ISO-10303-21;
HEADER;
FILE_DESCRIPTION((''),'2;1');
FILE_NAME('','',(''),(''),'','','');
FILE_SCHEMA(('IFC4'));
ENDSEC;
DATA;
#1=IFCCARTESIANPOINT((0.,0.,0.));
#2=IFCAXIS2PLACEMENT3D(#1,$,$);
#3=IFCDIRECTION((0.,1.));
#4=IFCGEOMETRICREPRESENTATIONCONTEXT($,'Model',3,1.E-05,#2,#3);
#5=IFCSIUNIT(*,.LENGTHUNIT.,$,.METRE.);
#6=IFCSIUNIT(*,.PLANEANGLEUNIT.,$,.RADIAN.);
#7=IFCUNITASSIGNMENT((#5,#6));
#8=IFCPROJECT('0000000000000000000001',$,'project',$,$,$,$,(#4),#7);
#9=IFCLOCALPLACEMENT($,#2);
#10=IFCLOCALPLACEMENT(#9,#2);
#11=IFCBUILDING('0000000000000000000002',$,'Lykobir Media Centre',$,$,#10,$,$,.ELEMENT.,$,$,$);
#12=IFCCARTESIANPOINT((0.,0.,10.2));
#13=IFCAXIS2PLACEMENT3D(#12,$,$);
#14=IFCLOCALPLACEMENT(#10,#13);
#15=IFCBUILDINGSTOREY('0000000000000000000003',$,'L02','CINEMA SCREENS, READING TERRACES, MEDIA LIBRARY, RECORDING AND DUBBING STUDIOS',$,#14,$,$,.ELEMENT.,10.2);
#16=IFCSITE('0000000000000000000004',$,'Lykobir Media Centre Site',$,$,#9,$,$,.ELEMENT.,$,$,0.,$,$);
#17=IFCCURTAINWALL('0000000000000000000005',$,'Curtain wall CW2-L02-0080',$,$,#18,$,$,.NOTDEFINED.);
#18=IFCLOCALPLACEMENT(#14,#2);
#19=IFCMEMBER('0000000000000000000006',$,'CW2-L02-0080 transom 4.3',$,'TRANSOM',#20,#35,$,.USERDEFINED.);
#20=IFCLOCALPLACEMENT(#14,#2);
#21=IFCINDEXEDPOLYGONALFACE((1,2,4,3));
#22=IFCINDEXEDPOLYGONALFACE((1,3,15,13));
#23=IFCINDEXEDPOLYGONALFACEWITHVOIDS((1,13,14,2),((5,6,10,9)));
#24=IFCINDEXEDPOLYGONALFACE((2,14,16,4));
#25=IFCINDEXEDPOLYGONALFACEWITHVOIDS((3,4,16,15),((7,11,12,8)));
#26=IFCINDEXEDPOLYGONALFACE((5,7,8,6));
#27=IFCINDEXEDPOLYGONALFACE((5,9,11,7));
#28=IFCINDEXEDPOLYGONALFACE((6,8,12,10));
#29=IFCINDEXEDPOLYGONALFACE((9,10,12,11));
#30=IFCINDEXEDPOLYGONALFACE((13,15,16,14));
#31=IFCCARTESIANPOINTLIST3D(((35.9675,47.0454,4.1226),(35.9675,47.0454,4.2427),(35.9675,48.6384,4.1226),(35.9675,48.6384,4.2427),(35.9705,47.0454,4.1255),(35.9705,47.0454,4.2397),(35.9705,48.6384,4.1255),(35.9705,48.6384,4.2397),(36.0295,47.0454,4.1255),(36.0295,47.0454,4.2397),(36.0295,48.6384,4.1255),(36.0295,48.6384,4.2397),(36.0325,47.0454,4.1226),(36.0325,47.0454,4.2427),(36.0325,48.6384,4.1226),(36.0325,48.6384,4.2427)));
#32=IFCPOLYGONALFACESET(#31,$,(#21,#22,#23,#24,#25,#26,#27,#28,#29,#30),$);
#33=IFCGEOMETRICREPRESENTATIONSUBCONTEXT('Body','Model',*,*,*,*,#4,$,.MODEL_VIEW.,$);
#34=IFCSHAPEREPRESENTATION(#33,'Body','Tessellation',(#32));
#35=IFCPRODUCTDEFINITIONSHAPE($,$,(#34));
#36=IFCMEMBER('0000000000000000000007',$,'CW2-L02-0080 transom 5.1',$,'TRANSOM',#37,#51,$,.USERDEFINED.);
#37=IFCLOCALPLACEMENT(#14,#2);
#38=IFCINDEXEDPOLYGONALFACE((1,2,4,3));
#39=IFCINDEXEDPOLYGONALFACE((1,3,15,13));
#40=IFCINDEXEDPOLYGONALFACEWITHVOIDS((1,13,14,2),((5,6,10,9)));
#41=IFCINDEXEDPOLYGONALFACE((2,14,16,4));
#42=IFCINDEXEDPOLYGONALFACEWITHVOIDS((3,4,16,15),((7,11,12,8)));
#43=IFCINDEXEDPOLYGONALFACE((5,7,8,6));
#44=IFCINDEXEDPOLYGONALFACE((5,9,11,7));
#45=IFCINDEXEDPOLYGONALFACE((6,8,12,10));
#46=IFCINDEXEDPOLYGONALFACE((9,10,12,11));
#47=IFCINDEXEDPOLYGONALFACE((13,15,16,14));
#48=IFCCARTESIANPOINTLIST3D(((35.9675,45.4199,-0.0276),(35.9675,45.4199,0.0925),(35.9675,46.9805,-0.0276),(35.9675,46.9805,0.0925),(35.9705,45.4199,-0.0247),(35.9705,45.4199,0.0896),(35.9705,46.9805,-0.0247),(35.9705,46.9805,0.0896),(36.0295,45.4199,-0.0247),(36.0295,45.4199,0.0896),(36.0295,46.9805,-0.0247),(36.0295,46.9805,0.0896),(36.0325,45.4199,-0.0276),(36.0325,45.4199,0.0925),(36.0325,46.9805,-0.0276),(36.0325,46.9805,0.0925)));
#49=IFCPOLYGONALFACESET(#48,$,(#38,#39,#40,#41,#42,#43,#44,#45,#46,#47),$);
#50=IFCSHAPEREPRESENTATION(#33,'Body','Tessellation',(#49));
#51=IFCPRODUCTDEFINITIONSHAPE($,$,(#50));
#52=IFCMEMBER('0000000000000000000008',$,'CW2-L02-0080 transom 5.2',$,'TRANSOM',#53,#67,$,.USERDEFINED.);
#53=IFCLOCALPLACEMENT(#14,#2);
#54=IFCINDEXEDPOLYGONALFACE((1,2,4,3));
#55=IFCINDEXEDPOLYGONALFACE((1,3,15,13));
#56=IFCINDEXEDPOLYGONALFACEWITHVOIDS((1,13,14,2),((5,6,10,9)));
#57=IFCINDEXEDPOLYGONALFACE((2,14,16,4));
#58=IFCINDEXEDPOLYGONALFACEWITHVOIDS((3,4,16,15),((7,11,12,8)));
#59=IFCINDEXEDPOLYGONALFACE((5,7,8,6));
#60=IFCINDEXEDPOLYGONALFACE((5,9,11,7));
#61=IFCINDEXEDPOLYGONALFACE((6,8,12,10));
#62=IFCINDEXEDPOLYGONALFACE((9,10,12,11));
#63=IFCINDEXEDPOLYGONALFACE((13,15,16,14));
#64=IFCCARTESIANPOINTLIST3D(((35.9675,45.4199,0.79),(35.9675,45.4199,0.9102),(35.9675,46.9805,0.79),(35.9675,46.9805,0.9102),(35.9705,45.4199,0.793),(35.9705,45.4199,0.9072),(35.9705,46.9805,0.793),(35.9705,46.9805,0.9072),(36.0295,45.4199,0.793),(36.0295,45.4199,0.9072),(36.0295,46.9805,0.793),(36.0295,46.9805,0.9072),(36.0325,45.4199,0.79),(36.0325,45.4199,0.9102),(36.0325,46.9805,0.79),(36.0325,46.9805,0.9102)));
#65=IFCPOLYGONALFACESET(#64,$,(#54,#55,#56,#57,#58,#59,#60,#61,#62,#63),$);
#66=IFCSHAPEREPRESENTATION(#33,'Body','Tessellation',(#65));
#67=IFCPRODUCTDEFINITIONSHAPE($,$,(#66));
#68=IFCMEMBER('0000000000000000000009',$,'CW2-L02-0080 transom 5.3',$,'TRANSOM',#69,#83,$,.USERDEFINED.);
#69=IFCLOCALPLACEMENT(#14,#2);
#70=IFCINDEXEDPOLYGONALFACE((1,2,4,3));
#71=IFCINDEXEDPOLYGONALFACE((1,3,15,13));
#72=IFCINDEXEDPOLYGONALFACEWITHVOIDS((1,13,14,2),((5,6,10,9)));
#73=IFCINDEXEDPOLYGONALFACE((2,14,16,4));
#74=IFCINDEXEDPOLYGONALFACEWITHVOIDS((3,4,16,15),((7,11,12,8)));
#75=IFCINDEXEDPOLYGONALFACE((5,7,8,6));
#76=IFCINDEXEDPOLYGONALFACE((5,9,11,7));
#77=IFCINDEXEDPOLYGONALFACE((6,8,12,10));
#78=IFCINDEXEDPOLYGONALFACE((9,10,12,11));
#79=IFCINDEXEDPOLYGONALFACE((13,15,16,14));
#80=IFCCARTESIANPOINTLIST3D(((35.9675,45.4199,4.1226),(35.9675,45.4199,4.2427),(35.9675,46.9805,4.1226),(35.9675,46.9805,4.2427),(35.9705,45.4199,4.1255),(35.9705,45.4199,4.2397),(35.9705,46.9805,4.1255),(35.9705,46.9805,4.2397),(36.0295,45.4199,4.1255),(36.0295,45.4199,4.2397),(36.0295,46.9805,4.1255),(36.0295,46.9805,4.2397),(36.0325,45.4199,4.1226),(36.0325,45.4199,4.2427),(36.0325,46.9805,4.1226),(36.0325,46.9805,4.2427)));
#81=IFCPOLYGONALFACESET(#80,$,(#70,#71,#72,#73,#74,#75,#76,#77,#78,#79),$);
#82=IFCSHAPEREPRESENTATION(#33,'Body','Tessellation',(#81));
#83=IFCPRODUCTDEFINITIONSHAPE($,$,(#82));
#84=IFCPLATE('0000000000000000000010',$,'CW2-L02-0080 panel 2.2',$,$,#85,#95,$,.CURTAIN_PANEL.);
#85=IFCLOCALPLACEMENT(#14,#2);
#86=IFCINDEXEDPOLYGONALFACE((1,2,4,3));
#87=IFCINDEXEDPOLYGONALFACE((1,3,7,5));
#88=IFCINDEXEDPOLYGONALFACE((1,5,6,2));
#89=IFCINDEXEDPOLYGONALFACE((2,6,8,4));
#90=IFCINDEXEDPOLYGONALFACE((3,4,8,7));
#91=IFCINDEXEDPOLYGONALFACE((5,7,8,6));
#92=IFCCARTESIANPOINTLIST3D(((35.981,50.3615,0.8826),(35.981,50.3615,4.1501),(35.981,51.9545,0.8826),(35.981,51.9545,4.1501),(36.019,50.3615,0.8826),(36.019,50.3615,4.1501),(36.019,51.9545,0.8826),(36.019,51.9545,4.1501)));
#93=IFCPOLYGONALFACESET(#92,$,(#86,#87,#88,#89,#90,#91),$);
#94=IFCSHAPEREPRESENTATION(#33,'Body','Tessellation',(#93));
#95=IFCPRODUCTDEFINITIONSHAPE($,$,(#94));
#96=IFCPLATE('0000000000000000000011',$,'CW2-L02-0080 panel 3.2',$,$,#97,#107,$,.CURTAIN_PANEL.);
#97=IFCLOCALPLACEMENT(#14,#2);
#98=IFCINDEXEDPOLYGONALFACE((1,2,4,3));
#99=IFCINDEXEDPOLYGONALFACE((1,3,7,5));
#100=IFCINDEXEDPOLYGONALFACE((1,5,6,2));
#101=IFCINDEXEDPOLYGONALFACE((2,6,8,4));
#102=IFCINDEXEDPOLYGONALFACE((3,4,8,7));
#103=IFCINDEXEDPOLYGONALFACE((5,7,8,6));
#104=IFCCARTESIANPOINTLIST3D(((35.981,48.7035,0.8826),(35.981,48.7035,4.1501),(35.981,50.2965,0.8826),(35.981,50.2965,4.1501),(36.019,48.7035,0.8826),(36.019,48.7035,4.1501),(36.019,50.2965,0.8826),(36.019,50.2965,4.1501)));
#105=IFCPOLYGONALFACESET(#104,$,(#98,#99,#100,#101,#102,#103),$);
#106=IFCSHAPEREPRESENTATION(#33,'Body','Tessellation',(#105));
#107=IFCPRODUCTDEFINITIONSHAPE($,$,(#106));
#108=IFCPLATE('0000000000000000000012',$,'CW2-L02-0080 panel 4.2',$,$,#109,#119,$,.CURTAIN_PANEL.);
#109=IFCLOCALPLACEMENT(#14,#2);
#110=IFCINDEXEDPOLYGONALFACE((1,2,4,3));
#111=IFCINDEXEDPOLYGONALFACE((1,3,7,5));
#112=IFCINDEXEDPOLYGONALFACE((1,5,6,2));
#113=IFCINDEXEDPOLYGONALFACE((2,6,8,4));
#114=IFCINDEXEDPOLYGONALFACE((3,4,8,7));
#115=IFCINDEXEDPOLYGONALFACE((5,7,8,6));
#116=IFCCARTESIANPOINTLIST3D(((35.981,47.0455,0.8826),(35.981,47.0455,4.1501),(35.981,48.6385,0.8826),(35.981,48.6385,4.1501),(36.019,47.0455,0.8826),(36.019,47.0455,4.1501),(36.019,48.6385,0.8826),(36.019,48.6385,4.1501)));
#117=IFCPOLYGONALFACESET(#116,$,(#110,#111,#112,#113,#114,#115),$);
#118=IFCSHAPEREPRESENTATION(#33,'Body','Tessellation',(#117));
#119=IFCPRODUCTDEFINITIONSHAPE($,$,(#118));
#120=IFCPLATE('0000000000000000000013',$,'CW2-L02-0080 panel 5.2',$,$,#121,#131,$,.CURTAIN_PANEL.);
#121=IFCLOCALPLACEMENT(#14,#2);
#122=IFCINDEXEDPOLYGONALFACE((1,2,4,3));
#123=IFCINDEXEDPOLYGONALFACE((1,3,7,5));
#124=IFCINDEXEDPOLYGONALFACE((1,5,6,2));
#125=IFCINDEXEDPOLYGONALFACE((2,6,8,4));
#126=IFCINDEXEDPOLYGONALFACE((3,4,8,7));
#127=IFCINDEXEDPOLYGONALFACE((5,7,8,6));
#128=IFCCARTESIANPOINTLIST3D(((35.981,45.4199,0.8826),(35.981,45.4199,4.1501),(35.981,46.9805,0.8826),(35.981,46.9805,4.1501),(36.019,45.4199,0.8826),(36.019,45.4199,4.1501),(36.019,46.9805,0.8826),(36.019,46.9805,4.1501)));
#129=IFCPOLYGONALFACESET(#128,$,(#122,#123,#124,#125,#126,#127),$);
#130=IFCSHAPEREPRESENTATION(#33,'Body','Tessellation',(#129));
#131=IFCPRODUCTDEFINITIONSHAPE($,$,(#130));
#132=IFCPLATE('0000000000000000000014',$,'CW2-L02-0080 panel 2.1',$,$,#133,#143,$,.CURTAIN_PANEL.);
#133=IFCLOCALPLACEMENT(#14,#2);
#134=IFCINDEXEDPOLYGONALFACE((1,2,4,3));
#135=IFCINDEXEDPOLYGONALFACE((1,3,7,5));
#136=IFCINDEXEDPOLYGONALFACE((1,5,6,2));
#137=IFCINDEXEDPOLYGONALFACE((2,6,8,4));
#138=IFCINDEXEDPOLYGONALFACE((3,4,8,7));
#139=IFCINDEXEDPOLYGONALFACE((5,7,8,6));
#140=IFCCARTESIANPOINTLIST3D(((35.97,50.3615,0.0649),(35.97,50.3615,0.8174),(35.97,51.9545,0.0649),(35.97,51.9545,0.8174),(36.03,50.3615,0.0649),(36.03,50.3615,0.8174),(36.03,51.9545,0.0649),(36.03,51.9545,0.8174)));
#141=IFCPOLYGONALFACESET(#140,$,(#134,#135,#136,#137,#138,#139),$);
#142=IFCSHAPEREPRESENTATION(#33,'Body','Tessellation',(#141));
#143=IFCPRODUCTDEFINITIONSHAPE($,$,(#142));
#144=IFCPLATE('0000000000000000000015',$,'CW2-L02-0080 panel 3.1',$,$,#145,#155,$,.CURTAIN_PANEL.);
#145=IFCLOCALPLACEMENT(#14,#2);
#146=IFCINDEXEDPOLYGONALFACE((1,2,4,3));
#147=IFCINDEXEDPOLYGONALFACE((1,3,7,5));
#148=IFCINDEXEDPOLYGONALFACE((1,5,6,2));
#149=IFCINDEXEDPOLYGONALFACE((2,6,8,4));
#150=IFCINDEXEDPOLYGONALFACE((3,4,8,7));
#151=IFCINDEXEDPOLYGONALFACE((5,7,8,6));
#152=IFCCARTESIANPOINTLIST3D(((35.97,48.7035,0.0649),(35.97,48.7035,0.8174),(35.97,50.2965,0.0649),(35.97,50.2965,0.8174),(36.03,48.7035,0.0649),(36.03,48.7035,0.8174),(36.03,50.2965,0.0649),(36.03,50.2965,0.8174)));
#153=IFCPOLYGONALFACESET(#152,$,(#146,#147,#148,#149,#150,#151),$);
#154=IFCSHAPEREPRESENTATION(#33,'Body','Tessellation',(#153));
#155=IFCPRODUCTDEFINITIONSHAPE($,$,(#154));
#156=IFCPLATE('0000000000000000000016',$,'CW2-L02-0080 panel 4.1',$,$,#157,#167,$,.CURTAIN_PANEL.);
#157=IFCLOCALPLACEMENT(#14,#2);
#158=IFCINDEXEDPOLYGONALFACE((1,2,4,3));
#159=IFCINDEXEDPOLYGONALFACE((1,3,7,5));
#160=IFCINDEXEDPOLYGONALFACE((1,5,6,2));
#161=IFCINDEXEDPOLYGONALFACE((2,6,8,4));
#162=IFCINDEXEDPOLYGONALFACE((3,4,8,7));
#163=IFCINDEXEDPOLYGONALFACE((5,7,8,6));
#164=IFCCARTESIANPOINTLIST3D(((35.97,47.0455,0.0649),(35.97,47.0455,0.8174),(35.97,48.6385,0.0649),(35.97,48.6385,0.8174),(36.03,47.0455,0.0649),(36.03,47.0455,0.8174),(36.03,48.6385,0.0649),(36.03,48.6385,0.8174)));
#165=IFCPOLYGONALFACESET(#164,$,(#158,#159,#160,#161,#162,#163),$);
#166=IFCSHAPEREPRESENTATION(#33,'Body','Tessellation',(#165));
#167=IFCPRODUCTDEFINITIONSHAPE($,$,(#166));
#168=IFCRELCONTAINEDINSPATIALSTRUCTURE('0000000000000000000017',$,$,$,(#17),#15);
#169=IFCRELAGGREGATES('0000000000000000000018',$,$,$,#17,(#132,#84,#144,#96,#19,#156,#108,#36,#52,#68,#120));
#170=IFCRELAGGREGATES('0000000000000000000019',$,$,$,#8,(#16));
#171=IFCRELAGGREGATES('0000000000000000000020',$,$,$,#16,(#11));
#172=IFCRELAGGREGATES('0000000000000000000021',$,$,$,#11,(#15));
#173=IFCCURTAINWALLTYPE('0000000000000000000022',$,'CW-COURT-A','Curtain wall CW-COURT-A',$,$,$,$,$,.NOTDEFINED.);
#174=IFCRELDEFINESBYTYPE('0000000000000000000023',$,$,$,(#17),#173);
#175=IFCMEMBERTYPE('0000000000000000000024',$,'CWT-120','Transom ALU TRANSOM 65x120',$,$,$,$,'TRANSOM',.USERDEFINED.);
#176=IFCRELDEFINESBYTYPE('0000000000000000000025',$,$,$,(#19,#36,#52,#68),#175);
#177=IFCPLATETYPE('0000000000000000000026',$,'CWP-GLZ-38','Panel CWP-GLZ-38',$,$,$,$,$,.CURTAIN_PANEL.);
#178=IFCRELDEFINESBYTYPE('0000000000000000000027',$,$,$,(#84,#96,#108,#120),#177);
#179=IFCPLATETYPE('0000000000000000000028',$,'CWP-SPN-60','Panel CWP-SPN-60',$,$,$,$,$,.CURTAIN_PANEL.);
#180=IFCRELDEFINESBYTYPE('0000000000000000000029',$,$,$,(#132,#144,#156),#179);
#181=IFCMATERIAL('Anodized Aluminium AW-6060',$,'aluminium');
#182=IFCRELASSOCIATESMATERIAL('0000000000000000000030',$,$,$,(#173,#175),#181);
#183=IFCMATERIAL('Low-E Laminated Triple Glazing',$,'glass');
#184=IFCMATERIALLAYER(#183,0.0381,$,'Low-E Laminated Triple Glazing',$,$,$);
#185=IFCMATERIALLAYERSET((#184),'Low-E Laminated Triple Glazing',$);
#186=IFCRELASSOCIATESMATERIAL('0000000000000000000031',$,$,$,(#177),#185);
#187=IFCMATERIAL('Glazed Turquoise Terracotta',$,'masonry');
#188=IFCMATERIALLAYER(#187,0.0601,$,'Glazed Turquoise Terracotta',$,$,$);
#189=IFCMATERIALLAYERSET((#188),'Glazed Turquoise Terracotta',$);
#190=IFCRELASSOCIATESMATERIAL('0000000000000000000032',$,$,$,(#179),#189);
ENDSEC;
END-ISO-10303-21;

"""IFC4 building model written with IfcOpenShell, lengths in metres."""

from ifc_helpers import new_model, si_unit, direction, frame, origin, origin_2d, place, context, subcontext, project, spatial, rectangle, hollow_rectangle, extrude, material, layer, layer_set, material_profile, profile_set, type_object, element, aggregate, save


model = new_model("IFC4")

# Units and contexts
model_context = context("Model", 3, precision=1e-05, world=origin(), true_north=direction((0.0, 1.0)))
body_context = subcontext(model_context, "Body", "Model", "MODEL_VIEW")
ifc_project = project(units=[si_unit("LENGTHUNIT", "METRE"), si_unit("PLANEANGLEUNIT", "RADIAN")], contexts=[model_context])

# Site, building, storey
site_placement = place(None, origin())
site = spatial("IfcSite", under=ifc_project, at=site_placement, Name="Lykobir Media Centre Site", CompositionType="ELEMENT", RefElevation=0.0)
building_placement = place(site_placement, origin())
building = spatial("IfcBuilding", under=site, at=building_placement, Name="Lykobir Media Centre", CompositionType="ELEMENT")
storey_placement = place(building_placement, frame((0.0, 0.0, 10.2)))
storey = spatial("IfcBuildingStorey", under=building, at=storey_placement, Name="L02", Description="CINEMA SCREENS, READING TERRACES, MEDIA LIBRARY, RECORDING AND DUBBING STUDIOS", CompositionType="ELEMENT", Elevation=10.2)

# Curtain wall, members, plates
ifc_material_1 = material(Name="Anodized Aluminium AW-6060", Category="aluminium")
curtain_wall_type = type_object("IfcCurtainWallType", Name="CW-COURT-A", Description="Curtain wall CW-COURT-A", PredefinedType="NOTDEFINED", material=ifc_material_1)
curtain_wall_placement = place(storey_placement, origin())
curtain_wall = element("IfcCurtainWall", 1, at=curtain_wall_placement, inside=storey, type_object=curtain_wall_type, Name="Curtain wall CW2-L02-0080", PredefinedType="NOTDEFINED")
ifc_material_profile_1 = material_profile(ifc_material_1, hollow_rectangle(XDim=0.0649, YDim=0.1201, WallThickness=0.0029, at=origin_2d()), Name="ALU TRANSOM 65x120")
ifc_profile_set_1 = profile_set([ifc_material_profile_1], Name="Anodized Aluminium AW-6060")
member_type_1 = type_object("IfcMemberType", Name="CWT-120", Description="Transom ALU TRANSOM 65x120", ElementType="TRANSOM", PredefinedType="USERDEFINED", material=ifc_profile_set_1)
member_1_placement = place(storey_placement, frame((36.0, 48.6384, 4.1826), z_axis=(0.0, -1.0, 0.0), x_axis=(1.0, 0.0, 0.0)))
member_1 = element("IfcMember", 2, at=member_1_placement, type_object=member_type_1, Name="CW2-L02-0080 transom 4.3", ObjectType="TRANSOM", PredefinedType="USERDEFINED", context=body_context, shape_type="SweptSolid", body=[
    extrude(hollow_rectangle(XDim=0.0649, YDim=0.1201, WallThickness=0.0029, at=origin_2d()), origin(), (0.0, 0.0, 1.0), 1.593),
])
member_2_placement = place(storey_placement, frame((36.0, 46.9805, 0.0325), z_axis=(0.0, -1.0, 0.0), x_axis=(1.0, 0.0, 0.0)))
member_2 = element("IfcMember", 3, at=member_2_placement, type_object=member_type_1, Name="CW2-L02-0080 transom 5.1", ObjectType="TRANSOM", PredefinedType="USERDEFINED", context=body_context, shape_type="SweptSolid", body=[
    extrude(hollow_rectangle(XDim=0.0649, YDim=0.1201, WallThickness=0.0029, at=origin_2d()), origin(), (0.0, 0.0, 1.0), 1.5605),
])
member_3_placement = place(storey_placement, frame((36.0, 46.9805, 0.8501), z_axis=(0.0, -1.0, 0.0), x_axis=(1.0, 0.0, 0.0)))
member_3 = element("IfcMember", 4, at=member_3_placement, type_object=member_type_1, Name="CW2-L02-0080 transom 5.2", ObjectType="TRANSOM", PredefinedType="USERDEFINED", context=body_context, shape_type="SweptSolid", body=[
    extrude(hollow_rectangle(XDim=0.0649, YDim=0.1201, WallThickness=0.0029, at=origin_2d()), origin(), (0.0, 0.0, 1.0), 1.5605),
])
member_4_placement = place(storey_placement, frame((36.0, 46.9805, 4.1826), z_axis=(0.0, -1.0, 0.0), x_axis=(1.0, 0.0, 0.0)))
member_4 = element("IfcMember", 5, at=member_4_placement, type_object=member_type_1, Name="CW2-L02-0080 transom 5.3", ObjectType="TRANSOM", PredefinedType="USERDEFINED", context=body_context, shape_type="SweptSolid", body=[
    extrude(hollow_rectangle(XDim=0.0649, YDim=0.1201, WallThickness=0.0029, at=origin_2d()), origin(), (0.0, 0.0, 1.0), 1.5605),
])
ifc_material_2 = material(Name="Low-E Laminated Triple Glazing", Category="glass")
ifc_layer_1 = layer(ifc_material_2, 0.0381, Name="Low-E Laminated Triple Glazing")
ifc_layer_set_1 = layer_set([ifc_layer_1], Name="Low-E Laminated Triple Glazing")
plate_type_1 = type_object("IfcPlateType", Name="CWP-GLZ-38", Description="Panel CWP-GLZ-38", PredefinedType="CURTAIN_PANEL", material=ifc_layer_set_1)
plate_1_placement = place(storey_placement, frame((36.0, 51.158, 0.8826), z_axis=(0.0, 0.0, 1.0), x_axis=(0.0, -1.0, 0.0)))
plate_1 = element("IfcPlate", 6, at=plate_1_placement, type_object=plate_type_1, Name="CW2-L02-0080 panel 2.2", PredefinedType="CURTAIN_PANEL", context=body_context, shape_type="SweptSolid", body=[
    extrude(rectangle(XDim=1.593, YDim=0.0381, at=origin_2d()), origin(), (0.0, 0.0, 1.0), 3.2676),
])
plate_2_placement = place(storey_placement, frame((36.0, 49.5, 0.8826), z_axis=(0.0, 0.0, 1.0), x_axis=(0.0, -1.0, 0.0)))
plate_2 = element("IfcPlate", 7, at=plate_2_placement, type_object=plate_type_1, Name="CW2-L02-0080 panel 3.2", PredefinedType="CURTAIN_PANEL", context=body_context, shape_type="SweptSolid", body=[
    extrude(rectangle(XDim=1.593, YDim=0.0381, at=origin_2d()), origin(), (0.0, 0.0, 1.0), 3.2676),
])
plate_3_placement = place(storey_placement, frame((36.0, 47.842, 0.8826), z_axis=(0.0, 0.0, 1.0), x_axis=(0.0, -1.0, 0.0)))
plate_3 = element("IfcPlate", 8, at=plate_3_placement, type_object=plate_type_1, Name="CW2-L02-0080 panel 4.2", PredefinedType="CURTAIN_PANEL", context=body_context, shape_type="SweptSolid", body=[
    extrude(rectangle(XDim=1.593, YDim=0.0381, at=origin_2d()), origin(), (0.0, 0.0, 1.0), 3.2676),
])
plate_4_placement = place(storey_placement, frame((36.0, 46.2002, 0.8826), z_axis=(0.0, 0.0, 1.0), x_axis=(0.0, -1.0, 0.0)))
plate_4 = element("IfcPlate", 9, at=plate_4_placement, type_object=plate_type_1, Name="CW2-L02-0080 panel 5.2", PredefinedType="CURTAIN_PANEL", context=body_context, shape_type="SweptSolid", body=[
    extrude(rectangle(XDim=1.5605, YDim=0.0381, at=origin_2d()), origin(), (0.0, 0.0, 1.0), 3.2676),
])
ifc_material_3 = material(Name="Glazed Turquoise Terracotta", Category="masonry")
ifc_layer_2 = layer(ifc_material_3, 0.0601, Name="Glazed Turquoise Terracotta")
ifc_layer_set_2 = layer_set([ifc_layer_2], Name="Glazed Turquoise Terracotta")
plate_type_2 = type_object("IfcPlateType", Name="CWP-SPN-60", Description="Panel CWP-SPN-60", PredefinedType="CURTAIN_PANEL", material=ifc_layer_set_2)
plate_5_placement = place(storey_placement, frame((36.0, 51.158, 0.0649), z_axis=(0.0, 0.0, 1.0), x_axis=(0.0, -1.0, 0.0)))
plate_5 = element("IfcPlate", 10, at=plate_5_placement, type_object=plate_type_2, Name="CW2-L02-0080 panel 2.1", PredefinedType="CURTAIN_PANEL", context=body_context, shape_type="SweptSolid", body=[
    extrude(rectangle(XDim=1.593, YDim=0.0601, at=origin_2d()), origin(), (0.0, 0.0, 1.0), 0.7524),
])
plate_6_placement = place(storey_placement, frame((36.0, 49.5, 0.0649), z_axis=(0.0, 0.0, 1.0), x_axis=(0.0, -1.0, 0.0)))
plate_6 = element("IfcPlate", 11, at=plate_6_placement, type_object=plate_type_2, Name="CW2-L02-0080 panel 3.1", PredefinedType="CURTAIN_PANEL", context=body_context, shape_type="SweptSolid", body=[
    extrude(rectangle(XDim=1.593, YDim=0.0601, at=origin_2d()), origin(), (0.0, 0.0, 1.0), 0.7524),
])
plate_7_placement = place(storey_placement, frame((36.0, 47.842, 0.0649), z_axis=(0.0, 0.0, 1.0), x_axis=(0.0, -1.0, 0.0)))
plate_7 = element("IfcPlate", 12, at=plate_7_placement, type_object=plate_type_2, Name="CW2-L02-0080 panel 4.1", PredefinedType="CURTAIN_PANEL", context=body_context, shape_type="SweptSolid", body=[
    extrude(rectangle(XDim=1.593, YDim=0.0601, at=origin_2d()), origin(), (0.0, 0.0, 1.0), 0.7524),
])
aggregate(curtain_wall, [plate_5, plate_1, plate_6, plate_2, member_1, plate_7, plate_3, member_2, member_3, member_4, plate_4])

save(model, "model.ifc")
